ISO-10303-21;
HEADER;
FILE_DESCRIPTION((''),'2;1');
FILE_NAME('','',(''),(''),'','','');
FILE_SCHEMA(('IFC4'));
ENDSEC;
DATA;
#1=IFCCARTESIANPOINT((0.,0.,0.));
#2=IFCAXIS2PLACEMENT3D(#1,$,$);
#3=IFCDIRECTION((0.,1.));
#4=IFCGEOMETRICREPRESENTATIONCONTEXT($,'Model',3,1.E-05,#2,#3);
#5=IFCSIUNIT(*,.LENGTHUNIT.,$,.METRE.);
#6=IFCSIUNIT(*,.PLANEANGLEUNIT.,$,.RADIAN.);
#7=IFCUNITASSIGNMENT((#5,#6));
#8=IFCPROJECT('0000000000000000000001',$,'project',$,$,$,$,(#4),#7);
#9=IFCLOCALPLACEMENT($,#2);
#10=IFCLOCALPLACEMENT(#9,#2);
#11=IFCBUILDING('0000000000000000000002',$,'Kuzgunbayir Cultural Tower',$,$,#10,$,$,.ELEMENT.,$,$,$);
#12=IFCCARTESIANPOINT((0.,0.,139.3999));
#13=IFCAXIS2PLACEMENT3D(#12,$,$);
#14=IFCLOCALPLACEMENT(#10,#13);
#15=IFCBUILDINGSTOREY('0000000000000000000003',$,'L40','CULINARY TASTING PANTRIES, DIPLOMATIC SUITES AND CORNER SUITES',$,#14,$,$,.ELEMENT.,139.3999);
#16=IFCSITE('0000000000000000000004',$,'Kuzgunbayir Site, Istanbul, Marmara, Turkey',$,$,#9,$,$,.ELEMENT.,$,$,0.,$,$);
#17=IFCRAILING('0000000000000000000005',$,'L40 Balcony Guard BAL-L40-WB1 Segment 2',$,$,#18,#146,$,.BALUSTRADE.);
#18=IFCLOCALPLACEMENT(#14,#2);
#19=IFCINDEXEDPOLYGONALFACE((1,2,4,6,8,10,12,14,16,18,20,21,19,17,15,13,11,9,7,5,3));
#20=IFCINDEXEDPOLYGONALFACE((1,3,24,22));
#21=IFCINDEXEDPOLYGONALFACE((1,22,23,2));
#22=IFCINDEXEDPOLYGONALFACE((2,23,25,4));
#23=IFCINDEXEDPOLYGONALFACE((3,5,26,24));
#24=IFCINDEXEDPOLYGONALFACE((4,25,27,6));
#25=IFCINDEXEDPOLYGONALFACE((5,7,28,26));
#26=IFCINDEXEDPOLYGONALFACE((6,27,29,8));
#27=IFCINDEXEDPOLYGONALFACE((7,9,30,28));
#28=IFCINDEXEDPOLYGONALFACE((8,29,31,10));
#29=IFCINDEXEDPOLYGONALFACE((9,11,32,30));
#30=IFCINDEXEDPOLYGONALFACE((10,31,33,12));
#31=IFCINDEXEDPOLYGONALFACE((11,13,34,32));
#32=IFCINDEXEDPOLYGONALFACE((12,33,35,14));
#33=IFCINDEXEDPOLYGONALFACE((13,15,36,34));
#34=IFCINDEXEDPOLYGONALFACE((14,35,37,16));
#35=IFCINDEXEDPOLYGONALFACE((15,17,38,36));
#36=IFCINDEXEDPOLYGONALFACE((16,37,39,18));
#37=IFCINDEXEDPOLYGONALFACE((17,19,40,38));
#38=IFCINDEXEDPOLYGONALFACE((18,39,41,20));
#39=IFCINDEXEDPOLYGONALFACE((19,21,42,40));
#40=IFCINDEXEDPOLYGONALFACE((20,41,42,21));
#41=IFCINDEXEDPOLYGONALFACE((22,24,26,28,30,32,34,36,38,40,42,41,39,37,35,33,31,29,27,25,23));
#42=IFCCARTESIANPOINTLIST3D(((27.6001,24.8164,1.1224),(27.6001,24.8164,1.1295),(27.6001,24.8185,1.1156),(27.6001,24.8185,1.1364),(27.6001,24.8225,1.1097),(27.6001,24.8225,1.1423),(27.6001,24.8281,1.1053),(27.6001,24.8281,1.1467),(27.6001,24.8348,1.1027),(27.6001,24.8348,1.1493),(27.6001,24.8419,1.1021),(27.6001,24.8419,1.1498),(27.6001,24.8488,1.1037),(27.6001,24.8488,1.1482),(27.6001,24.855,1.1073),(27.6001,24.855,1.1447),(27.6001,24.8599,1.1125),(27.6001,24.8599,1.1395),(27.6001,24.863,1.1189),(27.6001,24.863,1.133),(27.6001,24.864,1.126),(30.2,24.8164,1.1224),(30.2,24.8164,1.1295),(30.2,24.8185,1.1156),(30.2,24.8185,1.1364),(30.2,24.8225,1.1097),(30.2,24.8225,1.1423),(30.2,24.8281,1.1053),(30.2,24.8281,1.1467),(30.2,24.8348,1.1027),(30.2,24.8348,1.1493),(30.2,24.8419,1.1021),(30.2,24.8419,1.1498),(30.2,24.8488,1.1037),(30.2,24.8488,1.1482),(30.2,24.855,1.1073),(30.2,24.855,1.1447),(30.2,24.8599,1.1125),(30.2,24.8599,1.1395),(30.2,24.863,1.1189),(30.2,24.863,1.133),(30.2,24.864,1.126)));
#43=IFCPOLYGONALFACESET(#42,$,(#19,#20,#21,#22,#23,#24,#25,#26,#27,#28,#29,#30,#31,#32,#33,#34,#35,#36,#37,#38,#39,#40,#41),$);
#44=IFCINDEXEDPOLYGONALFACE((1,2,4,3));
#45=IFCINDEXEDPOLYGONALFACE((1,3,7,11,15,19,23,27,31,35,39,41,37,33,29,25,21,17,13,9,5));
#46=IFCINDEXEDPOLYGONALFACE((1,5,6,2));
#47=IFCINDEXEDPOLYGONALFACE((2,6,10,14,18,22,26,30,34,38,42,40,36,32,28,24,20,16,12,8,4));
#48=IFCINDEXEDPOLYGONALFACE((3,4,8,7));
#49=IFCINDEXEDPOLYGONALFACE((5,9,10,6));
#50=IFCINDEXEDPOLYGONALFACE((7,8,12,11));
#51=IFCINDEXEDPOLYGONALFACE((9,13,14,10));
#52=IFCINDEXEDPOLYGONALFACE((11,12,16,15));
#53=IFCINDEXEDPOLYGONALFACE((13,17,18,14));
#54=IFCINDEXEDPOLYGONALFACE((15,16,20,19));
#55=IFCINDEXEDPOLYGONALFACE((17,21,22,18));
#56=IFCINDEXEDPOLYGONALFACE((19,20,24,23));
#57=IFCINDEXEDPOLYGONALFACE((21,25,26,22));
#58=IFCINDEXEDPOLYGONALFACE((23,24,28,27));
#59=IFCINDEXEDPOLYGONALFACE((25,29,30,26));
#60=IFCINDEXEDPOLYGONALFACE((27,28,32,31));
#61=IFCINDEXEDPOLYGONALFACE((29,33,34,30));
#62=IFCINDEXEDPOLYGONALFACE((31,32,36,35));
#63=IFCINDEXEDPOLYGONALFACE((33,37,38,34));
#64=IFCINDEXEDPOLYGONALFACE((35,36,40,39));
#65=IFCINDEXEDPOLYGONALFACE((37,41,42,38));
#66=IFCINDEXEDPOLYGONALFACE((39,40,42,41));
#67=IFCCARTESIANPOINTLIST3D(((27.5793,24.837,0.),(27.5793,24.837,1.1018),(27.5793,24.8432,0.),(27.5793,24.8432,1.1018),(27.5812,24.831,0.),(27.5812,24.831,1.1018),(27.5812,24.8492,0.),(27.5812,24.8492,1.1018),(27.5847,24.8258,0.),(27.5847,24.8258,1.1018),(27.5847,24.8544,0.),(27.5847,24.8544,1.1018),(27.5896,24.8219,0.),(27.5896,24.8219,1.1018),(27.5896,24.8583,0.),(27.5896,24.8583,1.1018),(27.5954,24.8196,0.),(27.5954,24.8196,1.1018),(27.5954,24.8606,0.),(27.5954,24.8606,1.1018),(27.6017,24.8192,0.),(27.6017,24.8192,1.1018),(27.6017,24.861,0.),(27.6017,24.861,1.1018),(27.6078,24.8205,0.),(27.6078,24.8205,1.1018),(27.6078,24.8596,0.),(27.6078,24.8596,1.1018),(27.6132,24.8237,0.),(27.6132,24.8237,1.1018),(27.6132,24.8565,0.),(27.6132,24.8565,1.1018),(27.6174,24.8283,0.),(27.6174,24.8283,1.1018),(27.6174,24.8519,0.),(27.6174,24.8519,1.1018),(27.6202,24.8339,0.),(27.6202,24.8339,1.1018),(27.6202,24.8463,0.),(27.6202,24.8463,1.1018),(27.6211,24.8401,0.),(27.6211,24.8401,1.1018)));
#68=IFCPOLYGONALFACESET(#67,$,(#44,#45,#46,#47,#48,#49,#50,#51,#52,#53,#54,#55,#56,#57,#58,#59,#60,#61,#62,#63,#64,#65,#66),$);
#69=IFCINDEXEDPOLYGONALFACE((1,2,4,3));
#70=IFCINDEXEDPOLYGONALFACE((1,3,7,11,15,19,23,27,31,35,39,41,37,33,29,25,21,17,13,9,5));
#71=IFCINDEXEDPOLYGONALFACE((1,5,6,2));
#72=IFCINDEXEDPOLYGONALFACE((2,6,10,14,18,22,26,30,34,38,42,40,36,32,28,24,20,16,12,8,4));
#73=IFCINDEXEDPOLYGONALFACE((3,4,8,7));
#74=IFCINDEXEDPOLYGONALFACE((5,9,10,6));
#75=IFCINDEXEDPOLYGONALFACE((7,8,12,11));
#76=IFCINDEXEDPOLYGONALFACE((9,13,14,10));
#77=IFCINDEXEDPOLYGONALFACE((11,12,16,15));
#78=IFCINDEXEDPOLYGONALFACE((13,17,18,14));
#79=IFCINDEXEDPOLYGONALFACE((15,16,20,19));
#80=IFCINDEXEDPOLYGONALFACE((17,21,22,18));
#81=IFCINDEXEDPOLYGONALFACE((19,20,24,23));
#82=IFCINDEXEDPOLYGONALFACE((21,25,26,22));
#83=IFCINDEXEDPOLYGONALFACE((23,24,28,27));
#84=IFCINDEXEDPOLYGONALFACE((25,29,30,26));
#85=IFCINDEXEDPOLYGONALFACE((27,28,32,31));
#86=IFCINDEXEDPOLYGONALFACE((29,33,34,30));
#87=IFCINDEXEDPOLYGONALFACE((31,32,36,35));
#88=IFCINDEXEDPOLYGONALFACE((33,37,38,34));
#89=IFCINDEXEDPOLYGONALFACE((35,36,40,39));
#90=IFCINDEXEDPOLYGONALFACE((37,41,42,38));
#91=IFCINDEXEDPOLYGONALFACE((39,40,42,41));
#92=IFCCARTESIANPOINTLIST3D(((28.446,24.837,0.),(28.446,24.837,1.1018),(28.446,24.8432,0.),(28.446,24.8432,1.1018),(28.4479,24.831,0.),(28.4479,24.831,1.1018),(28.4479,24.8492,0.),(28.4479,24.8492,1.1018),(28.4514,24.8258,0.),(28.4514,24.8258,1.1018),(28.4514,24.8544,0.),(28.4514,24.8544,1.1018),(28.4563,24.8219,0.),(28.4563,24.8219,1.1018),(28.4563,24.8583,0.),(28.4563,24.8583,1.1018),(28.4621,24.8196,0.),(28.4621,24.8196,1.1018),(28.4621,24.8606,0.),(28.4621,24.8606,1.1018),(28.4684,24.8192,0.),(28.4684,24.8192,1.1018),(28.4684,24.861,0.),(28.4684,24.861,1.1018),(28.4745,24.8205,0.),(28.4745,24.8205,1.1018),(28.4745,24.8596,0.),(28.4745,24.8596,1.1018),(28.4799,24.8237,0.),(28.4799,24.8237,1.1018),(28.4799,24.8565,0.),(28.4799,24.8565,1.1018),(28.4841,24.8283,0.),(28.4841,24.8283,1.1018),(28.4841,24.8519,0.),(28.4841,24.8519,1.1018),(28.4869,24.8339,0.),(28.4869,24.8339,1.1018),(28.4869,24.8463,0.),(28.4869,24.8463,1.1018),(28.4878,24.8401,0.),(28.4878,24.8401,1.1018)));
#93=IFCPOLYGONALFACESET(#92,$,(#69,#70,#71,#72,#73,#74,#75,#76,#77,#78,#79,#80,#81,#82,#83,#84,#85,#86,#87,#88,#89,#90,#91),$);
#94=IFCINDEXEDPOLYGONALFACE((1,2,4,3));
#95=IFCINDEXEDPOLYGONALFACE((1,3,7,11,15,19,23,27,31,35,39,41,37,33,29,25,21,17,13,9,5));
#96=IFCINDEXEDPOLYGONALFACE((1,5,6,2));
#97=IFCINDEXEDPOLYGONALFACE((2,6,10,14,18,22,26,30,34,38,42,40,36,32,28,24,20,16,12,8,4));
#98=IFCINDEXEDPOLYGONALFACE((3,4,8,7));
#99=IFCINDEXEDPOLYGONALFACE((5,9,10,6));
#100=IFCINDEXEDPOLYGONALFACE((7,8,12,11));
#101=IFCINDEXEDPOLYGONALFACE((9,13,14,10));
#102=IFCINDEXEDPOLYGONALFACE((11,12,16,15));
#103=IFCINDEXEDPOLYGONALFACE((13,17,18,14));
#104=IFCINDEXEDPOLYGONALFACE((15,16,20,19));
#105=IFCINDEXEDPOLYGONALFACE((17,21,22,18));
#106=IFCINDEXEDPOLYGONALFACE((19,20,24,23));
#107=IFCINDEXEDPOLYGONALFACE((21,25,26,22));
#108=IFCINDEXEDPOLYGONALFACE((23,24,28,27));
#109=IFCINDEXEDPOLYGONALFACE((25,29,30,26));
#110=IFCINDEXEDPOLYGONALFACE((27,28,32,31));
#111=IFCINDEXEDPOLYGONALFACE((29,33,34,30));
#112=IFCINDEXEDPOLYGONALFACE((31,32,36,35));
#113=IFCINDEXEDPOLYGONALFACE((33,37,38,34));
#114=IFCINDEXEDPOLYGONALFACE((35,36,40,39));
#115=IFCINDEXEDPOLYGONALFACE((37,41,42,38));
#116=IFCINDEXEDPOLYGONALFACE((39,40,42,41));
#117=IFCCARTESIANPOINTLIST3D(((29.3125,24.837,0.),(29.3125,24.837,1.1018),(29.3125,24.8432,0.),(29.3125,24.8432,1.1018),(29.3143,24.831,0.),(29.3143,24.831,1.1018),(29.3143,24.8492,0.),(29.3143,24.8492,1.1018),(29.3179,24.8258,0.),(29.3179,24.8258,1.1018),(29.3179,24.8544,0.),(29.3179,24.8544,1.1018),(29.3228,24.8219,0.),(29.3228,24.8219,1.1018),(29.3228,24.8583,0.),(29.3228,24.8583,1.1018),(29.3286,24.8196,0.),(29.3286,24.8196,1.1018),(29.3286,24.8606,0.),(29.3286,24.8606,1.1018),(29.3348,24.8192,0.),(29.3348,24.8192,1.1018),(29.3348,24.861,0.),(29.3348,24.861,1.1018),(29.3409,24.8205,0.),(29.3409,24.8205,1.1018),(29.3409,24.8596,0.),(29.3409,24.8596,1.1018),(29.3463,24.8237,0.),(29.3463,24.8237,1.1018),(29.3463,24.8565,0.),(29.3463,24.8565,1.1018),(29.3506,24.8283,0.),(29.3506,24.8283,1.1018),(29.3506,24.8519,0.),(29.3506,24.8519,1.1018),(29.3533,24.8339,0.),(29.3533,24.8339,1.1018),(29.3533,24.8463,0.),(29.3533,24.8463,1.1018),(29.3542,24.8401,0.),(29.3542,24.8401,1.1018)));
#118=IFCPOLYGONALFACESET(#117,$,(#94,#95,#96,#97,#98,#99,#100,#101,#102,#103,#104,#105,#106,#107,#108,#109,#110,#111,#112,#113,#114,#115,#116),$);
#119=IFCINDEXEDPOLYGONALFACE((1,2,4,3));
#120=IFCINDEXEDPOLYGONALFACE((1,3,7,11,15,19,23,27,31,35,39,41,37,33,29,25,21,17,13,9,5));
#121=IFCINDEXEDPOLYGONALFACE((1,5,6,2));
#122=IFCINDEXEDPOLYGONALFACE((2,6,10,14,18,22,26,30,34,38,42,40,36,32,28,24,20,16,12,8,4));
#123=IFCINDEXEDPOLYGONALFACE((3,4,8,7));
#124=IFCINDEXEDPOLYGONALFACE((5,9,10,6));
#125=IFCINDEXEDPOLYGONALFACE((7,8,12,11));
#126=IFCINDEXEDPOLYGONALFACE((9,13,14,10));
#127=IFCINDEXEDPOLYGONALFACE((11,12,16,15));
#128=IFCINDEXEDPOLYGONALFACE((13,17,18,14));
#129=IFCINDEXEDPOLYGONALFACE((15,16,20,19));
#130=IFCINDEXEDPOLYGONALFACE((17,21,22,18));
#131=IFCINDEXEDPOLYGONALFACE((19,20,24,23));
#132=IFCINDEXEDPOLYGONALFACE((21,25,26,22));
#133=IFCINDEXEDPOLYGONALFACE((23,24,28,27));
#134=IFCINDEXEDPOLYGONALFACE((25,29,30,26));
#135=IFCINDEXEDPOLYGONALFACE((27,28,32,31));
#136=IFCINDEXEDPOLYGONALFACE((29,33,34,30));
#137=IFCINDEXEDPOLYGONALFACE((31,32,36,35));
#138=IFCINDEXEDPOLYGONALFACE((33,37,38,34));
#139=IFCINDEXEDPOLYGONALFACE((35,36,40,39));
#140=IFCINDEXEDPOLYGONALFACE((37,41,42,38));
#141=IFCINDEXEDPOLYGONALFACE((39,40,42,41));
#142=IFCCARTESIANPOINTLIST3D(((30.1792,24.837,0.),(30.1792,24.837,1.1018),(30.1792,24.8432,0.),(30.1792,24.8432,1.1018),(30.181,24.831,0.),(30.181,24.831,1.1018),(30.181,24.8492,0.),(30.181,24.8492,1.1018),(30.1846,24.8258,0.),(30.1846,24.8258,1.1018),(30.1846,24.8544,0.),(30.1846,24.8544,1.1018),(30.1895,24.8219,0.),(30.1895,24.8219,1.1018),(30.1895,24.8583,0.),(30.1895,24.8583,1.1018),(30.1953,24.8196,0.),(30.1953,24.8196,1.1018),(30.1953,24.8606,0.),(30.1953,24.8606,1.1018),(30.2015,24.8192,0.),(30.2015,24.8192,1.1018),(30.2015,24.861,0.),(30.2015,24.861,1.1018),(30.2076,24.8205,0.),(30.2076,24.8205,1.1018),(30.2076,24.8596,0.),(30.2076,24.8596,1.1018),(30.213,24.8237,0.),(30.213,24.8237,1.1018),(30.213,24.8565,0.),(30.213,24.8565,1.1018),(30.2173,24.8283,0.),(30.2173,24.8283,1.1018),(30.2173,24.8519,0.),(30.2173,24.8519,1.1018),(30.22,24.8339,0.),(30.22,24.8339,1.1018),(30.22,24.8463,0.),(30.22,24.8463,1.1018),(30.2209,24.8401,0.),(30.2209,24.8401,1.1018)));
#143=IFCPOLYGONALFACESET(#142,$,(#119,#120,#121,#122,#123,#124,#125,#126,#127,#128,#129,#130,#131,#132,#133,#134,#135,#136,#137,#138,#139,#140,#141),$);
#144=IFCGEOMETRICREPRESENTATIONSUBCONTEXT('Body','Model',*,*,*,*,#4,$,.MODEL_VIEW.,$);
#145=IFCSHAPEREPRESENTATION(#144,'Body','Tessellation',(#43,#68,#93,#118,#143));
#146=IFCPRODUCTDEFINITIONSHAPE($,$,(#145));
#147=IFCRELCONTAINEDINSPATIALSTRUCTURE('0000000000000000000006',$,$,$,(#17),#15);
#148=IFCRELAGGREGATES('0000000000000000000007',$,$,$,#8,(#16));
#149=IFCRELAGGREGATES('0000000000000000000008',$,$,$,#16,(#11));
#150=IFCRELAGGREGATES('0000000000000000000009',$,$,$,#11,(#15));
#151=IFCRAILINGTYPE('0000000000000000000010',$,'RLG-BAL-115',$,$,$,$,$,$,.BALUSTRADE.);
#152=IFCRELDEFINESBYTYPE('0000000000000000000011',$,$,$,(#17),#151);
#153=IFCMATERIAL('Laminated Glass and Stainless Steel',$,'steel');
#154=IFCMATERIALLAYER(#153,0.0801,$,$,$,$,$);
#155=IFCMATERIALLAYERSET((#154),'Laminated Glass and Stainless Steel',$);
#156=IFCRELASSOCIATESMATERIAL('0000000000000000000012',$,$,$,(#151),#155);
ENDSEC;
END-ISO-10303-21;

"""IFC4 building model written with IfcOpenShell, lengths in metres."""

from ifc_helpers import new_model, si_unit, direction, frame, origin, origin_2d, place, context, subcontext, project, spatial, circle, extrude, material, layer, layer_set, type_object, element, save


model = new_model("IFC4")

# Units and contexts
model_context = context("Model", 3, precision=1e-05, world=origin(), true_north=direction((0.0, 1.0)))
body_context = subcontext(model_context, "Body", "Model", "MODEL_VIEW")
ifc_project = project(units=[si_unit("LENGTHUNIT", "METRE"), si_unit("PLANEANGLEUNIT", "RADIAN")], contexts=[model_context])

# Site, building, storey
site_placement = place(None, origin())
site = spatial("IfcSite", under=ifc_project, at=site_placement, Name="Kuzgunbayir Site, Istanbul, Marmara, Turkey", CompositionType="ELEMENT", RefElevation=0.0)
building_placement = place(site_placement, origin())
building = spatial("IfcBuilding", under=site, at=building_placement, Name="Kuzgunbayir Cultural Tower", CompositionType="ELEMENT")
storey_placement = place(building_placement, frame((0.0, 0.0, 139.3999)))
storey = spatial("IfcBuildingStorey", under=building, at=storey_placement, Name="L40", Description="CULINARY TASTING PANTRIES, DIPLOMATIC SUITES AND CORNER SUITES", CompositionType="ELEMENT", Elevation=139.3999)

# Railing
ifc_material_1 = material(Name="Laminated Glass and Stainless Steel", Category="steel")
ifc_layer_1 = layer(ifc_material_1, 0.0801)
ifc_layer_set_1 = layer_set([ifc_layer_1], Name="Laminated Glass and Stainless Steel")
railing_type = type_object("IfcRailingType", Name="RLG-BAL-115", PredefinedType="BALUSTRADE", material=ifc_layer_set_1)
railing_1_placement = place(storey_placement, frame((27.6001, 24.8401, 0.0)))
element("IfcRailing", 1, at=railing_1_placement, inside=storey, type_object=railing_type, Name="L40 Balcony Guard BAL-L40-WB1 Segment 2", PredefinedType="BALUSTRADE", context=body_context, shape_type="SweptSolid", body=[
    extrude(circle(Radius=0.0239, at=origin_2d()), frame((0.0, 0.0, 1.126), z_axis=(1.0, 0.0, 0.0), x_axis=(0.0, 1.0, 0.0)), (0.0, 0.0, 1.0), 2.5999),
    extrude(circle(Radius=0.021, at=origin_2d()), origin(), (0.0, 0.0, 1.0), 1.1018),
    extrude(circle(Radius=0.021, at=origin_2d()), frame((0.8667, 0.0, 0.0)), (0.0, 0.0, 1.0), 1.1018),
    extrude(circle(Radius=0.021, at=origin_2d()), frame((1.7332, 0.0, 0.0)), (0.0, 0.0, 1.0), 1.1018),
    extrude(circle(Radius=0.021, at=origin_2d()), frame((2.5999, 0.0, 0.0)), (0.0, 0.0, 1.0), 1.1018),
])

save(model, "model.ifc")
